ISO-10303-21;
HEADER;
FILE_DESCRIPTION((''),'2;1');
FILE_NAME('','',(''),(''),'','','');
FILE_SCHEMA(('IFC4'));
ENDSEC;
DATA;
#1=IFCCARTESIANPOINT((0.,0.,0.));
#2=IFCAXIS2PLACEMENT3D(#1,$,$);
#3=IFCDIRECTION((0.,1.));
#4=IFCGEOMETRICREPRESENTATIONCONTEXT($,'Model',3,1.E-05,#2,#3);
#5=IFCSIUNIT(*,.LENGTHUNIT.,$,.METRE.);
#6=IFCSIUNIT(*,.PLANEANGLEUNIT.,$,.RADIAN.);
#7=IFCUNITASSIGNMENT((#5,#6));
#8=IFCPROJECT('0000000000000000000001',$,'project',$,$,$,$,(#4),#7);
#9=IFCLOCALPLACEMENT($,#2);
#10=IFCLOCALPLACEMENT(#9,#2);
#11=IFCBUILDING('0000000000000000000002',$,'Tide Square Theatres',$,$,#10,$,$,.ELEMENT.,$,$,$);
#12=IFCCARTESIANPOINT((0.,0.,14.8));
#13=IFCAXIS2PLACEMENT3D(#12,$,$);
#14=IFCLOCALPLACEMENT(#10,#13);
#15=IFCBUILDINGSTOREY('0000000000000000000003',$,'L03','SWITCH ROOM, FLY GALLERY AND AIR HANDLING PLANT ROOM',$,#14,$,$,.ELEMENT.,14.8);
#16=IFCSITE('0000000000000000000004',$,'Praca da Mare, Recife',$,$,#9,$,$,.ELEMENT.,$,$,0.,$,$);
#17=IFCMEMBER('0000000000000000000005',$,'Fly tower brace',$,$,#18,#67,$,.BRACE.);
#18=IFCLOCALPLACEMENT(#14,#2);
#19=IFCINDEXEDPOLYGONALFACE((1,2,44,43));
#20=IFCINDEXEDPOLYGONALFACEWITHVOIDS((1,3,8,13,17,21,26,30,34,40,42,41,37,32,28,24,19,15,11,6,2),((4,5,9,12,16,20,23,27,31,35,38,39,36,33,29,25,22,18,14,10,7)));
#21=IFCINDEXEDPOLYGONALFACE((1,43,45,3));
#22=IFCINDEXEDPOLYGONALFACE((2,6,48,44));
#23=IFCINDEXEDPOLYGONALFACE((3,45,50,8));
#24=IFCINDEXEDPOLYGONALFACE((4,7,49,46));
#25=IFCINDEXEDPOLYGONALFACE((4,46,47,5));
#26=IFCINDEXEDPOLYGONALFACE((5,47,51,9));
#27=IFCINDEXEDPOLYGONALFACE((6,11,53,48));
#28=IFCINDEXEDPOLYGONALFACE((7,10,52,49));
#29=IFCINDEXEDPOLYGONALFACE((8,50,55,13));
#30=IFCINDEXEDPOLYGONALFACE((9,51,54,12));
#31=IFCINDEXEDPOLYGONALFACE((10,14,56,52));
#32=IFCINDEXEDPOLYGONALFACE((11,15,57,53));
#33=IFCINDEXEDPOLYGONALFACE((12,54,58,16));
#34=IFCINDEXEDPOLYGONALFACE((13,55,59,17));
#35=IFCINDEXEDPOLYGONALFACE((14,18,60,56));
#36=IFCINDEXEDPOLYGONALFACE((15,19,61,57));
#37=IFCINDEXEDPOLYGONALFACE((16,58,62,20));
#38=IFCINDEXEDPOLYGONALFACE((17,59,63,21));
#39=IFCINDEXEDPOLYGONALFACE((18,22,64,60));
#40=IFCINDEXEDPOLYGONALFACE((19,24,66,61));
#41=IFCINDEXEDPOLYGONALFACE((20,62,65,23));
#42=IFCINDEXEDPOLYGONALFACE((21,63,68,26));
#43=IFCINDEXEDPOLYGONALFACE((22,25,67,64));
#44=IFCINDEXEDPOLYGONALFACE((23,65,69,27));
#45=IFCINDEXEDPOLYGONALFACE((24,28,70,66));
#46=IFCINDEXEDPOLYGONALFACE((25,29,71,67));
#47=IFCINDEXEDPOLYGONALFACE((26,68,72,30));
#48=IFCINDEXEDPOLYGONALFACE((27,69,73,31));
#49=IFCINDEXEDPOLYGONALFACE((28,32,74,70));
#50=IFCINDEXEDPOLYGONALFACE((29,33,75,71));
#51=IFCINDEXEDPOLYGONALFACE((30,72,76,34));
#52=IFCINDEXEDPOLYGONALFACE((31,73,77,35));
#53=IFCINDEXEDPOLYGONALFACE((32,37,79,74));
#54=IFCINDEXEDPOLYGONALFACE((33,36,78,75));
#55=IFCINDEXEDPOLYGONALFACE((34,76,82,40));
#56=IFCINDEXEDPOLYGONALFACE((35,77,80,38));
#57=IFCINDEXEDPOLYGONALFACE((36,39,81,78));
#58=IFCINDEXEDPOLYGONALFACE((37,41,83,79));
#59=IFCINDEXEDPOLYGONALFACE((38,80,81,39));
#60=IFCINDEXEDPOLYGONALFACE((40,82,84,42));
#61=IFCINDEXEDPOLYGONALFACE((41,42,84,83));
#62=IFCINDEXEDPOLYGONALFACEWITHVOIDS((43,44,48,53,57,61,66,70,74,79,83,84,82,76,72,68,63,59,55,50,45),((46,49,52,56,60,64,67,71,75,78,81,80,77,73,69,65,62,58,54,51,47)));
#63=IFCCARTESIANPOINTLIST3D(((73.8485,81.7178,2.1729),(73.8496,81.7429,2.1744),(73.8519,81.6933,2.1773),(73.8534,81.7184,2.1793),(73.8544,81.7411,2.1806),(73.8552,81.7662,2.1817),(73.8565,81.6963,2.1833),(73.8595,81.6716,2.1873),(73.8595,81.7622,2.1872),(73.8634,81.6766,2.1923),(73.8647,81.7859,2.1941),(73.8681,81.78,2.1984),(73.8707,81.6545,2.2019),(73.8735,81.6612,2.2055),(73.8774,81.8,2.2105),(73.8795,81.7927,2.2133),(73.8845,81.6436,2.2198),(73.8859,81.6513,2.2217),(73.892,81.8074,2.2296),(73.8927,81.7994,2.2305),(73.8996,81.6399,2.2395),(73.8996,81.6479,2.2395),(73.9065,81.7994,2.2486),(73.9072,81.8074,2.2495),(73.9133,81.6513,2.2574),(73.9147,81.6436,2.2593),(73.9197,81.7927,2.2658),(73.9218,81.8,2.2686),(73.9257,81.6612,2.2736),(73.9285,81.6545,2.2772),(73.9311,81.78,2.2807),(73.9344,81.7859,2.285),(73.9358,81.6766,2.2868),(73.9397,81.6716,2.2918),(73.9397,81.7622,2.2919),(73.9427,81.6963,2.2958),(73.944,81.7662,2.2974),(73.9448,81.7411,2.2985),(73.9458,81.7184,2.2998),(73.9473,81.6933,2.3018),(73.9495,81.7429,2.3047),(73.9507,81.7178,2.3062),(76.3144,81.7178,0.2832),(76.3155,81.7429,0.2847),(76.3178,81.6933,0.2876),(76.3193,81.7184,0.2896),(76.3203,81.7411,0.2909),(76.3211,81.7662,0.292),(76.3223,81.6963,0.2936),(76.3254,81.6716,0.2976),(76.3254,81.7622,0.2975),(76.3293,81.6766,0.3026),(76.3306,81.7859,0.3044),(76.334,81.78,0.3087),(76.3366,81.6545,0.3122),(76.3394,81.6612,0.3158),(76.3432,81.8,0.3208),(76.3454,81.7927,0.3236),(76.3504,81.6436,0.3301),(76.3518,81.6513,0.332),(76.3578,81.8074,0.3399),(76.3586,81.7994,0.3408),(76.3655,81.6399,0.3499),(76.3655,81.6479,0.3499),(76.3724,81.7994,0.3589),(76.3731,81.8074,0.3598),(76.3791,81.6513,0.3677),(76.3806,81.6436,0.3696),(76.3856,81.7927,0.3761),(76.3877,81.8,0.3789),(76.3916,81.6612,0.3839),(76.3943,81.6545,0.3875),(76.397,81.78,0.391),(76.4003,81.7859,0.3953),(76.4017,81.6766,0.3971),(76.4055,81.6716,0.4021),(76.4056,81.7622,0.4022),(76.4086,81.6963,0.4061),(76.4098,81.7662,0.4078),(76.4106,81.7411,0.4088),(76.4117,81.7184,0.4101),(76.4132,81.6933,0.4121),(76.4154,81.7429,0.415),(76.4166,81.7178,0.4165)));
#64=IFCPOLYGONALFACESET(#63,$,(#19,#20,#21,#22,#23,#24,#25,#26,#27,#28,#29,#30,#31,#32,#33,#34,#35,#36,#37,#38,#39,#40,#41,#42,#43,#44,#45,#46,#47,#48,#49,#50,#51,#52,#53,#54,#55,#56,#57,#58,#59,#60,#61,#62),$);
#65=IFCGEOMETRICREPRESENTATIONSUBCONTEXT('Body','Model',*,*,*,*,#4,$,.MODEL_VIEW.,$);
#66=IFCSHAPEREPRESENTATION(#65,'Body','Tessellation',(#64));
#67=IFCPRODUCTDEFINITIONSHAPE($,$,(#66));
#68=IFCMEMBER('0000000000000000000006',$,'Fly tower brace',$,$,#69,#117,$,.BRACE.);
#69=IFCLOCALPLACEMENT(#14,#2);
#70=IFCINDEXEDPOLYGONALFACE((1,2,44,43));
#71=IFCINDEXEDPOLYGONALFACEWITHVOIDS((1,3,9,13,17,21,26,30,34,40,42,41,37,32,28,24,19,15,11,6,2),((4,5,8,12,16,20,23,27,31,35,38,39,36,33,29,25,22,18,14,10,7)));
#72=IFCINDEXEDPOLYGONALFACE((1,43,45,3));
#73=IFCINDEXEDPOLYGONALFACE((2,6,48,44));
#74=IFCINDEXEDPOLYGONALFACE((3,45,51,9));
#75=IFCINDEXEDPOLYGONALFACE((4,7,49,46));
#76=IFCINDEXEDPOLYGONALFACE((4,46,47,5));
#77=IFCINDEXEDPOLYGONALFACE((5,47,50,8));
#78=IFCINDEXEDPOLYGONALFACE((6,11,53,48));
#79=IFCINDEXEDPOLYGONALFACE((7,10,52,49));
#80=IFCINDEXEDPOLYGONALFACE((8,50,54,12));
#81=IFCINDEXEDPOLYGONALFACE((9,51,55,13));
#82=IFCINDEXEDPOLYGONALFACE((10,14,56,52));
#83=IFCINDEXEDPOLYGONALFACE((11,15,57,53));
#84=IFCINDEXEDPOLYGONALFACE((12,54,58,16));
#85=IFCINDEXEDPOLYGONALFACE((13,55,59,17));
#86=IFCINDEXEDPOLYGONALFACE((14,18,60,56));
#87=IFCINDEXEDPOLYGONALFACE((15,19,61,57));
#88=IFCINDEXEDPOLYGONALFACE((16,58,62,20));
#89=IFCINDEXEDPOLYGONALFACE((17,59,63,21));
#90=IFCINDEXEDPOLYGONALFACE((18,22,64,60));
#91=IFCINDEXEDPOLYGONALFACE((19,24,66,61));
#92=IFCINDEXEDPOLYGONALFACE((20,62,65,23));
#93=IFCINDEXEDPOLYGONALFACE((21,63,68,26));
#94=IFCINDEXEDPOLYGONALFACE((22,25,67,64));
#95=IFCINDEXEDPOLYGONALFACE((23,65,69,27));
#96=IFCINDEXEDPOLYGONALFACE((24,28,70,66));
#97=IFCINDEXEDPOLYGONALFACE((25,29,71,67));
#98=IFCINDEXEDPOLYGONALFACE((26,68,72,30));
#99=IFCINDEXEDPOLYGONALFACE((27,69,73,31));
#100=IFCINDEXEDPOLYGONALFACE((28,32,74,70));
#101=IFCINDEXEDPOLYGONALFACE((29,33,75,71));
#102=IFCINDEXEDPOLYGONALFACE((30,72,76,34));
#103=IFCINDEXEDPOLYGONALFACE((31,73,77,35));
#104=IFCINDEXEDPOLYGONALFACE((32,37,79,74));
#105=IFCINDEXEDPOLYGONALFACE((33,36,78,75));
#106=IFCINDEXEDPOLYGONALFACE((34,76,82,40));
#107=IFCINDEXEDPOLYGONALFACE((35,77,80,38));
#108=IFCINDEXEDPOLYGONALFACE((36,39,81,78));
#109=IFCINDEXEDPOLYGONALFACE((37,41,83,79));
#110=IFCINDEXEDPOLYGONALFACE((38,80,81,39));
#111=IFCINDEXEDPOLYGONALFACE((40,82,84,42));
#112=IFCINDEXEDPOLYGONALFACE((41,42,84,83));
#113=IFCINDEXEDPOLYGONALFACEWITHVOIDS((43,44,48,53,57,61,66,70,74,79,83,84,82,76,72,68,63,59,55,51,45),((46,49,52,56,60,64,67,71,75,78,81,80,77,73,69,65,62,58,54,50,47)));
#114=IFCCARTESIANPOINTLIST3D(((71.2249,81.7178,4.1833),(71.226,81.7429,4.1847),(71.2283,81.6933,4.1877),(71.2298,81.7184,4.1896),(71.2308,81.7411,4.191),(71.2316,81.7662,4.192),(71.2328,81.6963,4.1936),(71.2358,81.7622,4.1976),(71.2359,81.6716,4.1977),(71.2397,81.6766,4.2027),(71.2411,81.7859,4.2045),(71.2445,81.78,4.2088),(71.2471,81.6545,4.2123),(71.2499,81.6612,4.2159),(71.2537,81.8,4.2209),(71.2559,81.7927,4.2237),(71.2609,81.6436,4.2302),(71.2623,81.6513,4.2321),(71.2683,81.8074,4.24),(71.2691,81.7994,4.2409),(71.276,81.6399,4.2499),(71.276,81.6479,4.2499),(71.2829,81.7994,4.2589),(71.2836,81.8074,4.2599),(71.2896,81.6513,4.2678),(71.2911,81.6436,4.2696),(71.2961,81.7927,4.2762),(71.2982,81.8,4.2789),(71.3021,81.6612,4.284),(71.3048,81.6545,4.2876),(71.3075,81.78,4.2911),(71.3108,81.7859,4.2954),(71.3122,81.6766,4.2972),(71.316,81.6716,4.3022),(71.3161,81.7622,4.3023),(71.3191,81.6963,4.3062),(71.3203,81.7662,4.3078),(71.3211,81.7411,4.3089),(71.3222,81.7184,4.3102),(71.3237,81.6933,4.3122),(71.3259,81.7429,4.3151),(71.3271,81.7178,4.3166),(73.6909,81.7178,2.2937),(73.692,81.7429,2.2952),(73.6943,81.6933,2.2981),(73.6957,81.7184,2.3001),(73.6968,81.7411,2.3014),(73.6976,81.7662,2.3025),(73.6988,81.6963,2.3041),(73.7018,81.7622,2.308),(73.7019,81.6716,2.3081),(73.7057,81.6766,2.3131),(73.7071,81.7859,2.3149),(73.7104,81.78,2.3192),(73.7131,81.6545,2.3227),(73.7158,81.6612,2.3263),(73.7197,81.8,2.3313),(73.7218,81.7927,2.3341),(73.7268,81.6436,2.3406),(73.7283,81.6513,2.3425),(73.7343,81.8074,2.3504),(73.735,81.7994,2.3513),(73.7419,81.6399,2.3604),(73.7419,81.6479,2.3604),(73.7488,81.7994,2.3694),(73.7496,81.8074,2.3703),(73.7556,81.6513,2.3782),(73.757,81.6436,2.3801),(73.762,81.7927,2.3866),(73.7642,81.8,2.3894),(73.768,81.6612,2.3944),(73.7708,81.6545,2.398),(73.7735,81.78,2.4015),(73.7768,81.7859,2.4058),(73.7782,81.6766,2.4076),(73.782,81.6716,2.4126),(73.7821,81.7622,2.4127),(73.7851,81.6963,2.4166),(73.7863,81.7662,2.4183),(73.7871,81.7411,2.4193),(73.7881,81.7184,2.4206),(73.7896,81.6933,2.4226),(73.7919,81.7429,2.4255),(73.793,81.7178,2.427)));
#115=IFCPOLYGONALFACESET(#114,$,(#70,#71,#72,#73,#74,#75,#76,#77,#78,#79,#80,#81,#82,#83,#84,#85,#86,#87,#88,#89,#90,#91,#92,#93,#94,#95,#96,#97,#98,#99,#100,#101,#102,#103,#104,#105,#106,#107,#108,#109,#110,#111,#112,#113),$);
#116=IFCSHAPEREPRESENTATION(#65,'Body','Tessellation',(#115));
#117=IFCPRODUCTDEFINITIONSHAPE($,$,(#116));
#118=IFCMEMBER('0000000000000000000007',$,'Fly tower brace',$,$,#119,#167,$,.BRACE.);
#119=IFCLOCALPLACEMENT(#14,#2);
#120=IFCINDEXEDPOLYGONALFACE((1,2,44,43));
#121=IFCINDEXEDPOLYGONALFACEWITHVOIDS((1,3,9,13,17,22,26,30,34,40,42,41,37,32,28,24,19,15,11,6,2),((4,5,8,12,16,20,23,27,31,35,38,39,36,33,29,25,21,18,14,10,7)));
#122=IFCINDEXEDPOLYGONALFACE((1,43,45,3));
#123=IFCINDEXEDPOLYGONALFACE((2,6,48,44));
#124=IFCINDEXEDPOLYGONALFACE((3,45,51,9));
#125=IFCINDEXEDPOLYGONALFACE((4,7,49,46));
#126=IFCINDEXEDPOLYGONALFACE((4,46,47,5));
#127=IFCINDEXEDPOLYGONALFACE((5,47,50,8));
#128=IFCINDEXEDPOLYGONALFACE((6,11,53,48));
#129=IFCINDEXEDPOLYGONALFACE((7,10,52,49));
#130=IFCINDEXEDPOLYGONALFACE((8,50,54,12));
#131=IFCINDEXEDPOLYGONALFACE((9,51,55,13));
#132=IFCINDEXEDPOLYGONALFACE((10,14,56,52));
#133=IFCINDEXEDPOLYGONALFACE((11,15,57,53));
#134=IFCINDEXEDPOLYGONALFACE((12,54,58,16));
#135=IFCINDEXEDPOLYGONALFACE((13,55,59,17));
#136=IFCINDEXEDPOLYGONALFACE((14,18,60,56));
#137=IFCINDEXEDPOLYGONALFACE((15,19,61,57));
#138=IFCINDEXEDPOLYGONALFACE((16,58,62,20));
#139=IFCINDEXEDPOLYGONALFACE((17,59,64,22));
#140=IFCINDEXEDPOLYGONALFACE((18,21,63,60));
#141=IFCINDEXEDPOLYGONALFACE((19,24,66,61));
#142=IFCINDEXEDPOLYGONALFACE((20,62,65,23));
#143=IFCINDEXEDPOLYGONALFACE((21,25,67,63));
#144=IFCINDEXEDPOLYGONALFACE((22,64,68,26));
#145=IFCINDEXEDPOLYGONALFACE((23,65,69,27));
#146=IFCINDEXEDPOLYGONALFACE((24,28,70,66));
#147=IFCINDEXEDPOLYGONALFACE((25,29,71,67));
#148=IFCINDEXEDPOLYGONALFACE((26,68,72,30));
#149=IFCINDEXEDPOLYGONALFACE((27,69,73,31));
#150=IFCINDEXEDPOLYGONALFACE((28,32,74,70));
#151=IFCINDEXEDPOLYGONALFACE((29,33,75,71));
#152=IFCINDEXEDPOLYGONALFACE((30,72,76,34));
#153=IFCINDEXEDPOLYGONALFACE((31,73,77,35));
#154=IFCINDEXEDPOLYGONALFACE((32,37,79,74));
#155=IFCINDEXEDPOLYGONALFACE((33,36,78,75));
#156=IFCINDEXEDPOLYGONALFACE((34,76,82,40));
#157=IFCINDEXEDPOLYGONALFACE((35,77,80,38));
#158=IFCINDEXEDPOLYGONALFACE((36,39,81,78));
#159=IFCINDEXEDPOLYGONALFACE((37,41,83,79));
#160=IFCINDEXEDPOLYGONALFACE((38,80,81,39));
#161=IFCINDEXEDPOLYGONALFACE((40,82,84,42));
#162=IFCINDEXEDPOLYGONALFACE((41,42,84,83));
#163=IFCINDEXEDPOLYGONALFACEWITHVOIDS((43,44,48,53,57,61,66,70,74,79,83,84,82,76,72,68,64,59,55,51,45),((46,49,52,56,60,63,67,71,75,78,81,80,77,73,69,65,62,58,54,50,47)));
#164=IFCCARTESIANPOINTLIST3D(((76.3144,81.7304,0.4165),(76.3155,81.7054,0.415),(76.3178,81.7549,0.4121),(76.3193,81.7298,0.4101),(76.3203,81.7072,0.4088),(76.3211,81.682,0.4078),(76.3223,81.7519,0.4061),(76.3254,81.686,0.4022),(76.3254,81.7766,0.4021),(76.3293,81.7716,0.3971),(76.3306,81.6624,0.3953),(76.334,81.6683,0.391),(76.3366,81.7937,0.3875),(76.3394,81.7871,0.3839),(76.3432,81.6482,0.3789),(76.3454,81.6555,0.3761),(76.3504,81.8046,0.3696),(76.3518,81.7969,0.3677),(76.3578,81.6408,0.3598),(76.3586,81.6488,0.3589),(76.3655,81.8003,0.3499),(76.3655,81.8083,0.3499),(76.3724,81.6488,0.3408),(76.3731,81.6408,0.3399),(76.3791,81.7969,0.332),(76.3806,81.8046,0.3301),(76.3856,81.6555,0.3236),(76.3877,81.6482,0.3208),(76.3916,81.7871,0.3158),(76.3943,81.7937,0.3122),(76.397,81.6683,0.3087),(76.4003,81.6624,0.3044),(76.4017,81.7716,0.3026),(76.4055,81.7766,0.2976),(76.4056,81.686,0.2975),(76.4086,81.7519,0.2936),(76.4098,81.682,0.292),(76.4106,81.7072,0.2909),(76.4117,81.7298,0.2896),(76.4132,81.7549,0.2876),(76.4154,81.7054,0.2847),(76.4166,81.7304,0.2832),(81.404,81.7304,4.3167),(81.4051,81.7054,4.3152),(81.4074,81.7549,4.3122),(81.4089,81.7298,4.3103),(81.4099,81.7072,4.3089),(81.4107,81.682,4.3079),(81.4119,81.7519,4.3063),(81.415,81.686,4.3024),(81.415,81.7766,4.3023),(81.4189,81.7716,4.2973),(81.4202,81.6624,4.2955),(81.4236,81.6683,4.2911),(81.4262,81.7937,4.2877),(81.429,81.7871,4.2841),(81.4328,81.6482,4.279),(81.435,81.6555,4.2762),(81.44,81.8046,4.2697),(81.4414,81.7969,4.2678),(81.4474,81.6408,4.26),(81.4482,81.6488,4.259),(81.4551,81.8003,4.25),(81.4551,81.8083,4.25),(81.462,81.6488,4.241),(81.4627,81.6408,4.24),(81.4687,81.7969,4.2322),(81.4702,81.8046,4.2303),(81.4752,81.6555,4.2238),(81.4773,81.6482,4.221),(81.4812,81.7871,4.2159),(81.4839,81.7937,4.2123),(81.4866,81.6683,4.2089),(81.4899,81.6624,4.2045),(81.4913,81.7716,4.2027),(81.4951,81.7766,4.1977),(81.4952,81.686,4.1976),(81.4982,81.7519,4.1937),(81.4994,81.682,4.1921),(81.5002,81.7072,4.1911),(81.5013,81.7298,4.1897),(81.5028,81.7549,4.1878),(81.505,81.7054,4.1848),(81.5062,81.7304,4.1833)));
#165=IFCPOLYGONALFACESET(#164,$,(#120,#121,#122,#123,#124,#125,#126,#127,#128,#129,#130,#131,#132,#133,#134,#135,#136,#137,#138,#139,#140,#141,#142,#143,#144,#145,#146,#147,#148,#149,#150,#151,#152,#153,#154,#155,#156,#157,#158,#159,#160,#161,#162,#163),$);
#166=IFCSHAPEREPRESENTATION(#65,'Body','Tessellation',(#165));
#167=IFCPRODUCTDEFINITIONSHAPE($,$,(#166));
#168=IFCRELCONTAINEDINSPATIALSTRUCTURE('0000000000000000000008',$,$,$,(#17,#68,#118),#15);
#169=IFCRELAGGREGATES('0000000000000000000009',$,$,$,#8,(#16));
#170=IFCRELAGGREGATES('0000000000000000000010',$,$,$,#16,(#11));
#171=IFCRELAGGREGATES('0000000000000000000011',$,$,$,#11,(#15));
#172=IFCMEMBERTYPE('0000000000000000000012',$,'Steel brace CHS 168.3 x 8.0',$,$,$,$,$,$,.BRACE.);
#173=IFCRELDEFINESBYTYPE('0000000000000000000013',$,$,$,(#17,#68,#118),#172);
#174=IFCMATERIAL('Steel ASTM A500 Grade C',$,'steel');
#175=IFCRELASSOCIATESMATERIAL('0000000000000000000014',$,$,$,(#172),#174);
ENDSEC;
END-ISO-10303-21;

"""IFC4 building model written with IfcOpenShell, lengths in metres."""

from ifc_helpers import new_model, si_unit, direction, frame, origin, origin_2d, place, context, subcontext, project, spatial, hollow_circle, extrude, material, material_profile, profile_set, type_object, element, save


model = new_model("IFC4")

# Units and contexts
model_context = context("Model", 3, precision=1e-05, world=origin(), true_north=direction((0.0, 1.0)))
body_context = subcontext(model_context, "Body", "Model", "MODEL_VIEW")
ifc_project = project(units=[si_unit("LENGTHUNIT", "METRE"), si_unit("PLANEANGLEUNIT", "RADIAN")], contexts=[model_context])

# Site, building, storey
site_placement = place(None, origin())
site = spatial("IfcSite", under=ifc_project, at=site_placement, Name="Praca da Mare, Recife", CompositionType="ELEMENT", RefElevation=0.0)
building_placement = place(site_placement, origin())
building = spatial("IfcBuilding", under=site, at=building_placement, Name="Tide Square Theatres", CompositionType="ELEMENT")
storey_placement = place(building_placement, frame((0.0, 0.0, 14.8)))
storey = spatial("IfcBuildingStorey", under=building, at=storey_placement, Name="L03", Description="SWITCH ROOM, FLY GALLERY AND AIR HANDLING PLANT ROOM", CompositionType="ELEMENT", Elevation=14.8)

# Members
ifc_material_1 = material(Name="Steel ASTM A500 Grade C", Category="steel")
ifc_material_profile_1 = material_profile(ifc_material_1, hollow_circle(Radius=0.0842, WallThickness=0.0081, at=origin_2d()))
ifc_profile_set_1 = profile_set([ifc_material_profile_1], Name="Steel ASTM A500 Grade C")
member_type = type_object("IfcMemberType", Name="Steel brace CHS 168.3 x 8.0", PredefinedType="BRACE", material=ifc_profile_set_1)
for number, where, z_axis, x_axis, name in (
    (1, (76.3655, 81.7241, 0.3499), (-0.793733, 0.0, 0.608267), (0.0, -1.0, 0.0), "Fly tower brace"),
    (2, (73.7419, 81.7241, 2.3604), (-0.793762, 0.0, 0.608229), (0.0, -1.0, 0.0), "Fly tower brace"),
):
    element("IfcMember", number, at=place(storey_placement, frame(where, z_axis=z_axis, x_axis=x_axis)), inside=storey, type_object=member_type, Name=name, PredefinedType="BRACE", context=body_context, shape_type="SweptSolid", body=[
        extrude(hollow_circle(Radius=0.0842, WallThickness=0.0081, at=origin_2d()), origin(), (0.0, 0.0, 1.0), 3.1067),
    ])
member_1_placement = place(storey_placement, frame((76.3655, 81.7241, 0.3499), z_axis=(0.793748, 0.0, 0.608247), x_axis=(0.0, 1.0, 0.0)))
element("IfcMember", 3, at=member_1_placement, inside=storey, type_object=member_type, Name="Fly tower brace", PredefinedType="BRACE", context=body_context, shape_type="SweptSolid", body=[
    extrude(hollow_circle(Radius=0.0842, WallThickness=0.0081, at=origin_2d()), origin(), (0.0, 0.0, 1.0), 6.4121),
])

save(model, "model.ifc")
